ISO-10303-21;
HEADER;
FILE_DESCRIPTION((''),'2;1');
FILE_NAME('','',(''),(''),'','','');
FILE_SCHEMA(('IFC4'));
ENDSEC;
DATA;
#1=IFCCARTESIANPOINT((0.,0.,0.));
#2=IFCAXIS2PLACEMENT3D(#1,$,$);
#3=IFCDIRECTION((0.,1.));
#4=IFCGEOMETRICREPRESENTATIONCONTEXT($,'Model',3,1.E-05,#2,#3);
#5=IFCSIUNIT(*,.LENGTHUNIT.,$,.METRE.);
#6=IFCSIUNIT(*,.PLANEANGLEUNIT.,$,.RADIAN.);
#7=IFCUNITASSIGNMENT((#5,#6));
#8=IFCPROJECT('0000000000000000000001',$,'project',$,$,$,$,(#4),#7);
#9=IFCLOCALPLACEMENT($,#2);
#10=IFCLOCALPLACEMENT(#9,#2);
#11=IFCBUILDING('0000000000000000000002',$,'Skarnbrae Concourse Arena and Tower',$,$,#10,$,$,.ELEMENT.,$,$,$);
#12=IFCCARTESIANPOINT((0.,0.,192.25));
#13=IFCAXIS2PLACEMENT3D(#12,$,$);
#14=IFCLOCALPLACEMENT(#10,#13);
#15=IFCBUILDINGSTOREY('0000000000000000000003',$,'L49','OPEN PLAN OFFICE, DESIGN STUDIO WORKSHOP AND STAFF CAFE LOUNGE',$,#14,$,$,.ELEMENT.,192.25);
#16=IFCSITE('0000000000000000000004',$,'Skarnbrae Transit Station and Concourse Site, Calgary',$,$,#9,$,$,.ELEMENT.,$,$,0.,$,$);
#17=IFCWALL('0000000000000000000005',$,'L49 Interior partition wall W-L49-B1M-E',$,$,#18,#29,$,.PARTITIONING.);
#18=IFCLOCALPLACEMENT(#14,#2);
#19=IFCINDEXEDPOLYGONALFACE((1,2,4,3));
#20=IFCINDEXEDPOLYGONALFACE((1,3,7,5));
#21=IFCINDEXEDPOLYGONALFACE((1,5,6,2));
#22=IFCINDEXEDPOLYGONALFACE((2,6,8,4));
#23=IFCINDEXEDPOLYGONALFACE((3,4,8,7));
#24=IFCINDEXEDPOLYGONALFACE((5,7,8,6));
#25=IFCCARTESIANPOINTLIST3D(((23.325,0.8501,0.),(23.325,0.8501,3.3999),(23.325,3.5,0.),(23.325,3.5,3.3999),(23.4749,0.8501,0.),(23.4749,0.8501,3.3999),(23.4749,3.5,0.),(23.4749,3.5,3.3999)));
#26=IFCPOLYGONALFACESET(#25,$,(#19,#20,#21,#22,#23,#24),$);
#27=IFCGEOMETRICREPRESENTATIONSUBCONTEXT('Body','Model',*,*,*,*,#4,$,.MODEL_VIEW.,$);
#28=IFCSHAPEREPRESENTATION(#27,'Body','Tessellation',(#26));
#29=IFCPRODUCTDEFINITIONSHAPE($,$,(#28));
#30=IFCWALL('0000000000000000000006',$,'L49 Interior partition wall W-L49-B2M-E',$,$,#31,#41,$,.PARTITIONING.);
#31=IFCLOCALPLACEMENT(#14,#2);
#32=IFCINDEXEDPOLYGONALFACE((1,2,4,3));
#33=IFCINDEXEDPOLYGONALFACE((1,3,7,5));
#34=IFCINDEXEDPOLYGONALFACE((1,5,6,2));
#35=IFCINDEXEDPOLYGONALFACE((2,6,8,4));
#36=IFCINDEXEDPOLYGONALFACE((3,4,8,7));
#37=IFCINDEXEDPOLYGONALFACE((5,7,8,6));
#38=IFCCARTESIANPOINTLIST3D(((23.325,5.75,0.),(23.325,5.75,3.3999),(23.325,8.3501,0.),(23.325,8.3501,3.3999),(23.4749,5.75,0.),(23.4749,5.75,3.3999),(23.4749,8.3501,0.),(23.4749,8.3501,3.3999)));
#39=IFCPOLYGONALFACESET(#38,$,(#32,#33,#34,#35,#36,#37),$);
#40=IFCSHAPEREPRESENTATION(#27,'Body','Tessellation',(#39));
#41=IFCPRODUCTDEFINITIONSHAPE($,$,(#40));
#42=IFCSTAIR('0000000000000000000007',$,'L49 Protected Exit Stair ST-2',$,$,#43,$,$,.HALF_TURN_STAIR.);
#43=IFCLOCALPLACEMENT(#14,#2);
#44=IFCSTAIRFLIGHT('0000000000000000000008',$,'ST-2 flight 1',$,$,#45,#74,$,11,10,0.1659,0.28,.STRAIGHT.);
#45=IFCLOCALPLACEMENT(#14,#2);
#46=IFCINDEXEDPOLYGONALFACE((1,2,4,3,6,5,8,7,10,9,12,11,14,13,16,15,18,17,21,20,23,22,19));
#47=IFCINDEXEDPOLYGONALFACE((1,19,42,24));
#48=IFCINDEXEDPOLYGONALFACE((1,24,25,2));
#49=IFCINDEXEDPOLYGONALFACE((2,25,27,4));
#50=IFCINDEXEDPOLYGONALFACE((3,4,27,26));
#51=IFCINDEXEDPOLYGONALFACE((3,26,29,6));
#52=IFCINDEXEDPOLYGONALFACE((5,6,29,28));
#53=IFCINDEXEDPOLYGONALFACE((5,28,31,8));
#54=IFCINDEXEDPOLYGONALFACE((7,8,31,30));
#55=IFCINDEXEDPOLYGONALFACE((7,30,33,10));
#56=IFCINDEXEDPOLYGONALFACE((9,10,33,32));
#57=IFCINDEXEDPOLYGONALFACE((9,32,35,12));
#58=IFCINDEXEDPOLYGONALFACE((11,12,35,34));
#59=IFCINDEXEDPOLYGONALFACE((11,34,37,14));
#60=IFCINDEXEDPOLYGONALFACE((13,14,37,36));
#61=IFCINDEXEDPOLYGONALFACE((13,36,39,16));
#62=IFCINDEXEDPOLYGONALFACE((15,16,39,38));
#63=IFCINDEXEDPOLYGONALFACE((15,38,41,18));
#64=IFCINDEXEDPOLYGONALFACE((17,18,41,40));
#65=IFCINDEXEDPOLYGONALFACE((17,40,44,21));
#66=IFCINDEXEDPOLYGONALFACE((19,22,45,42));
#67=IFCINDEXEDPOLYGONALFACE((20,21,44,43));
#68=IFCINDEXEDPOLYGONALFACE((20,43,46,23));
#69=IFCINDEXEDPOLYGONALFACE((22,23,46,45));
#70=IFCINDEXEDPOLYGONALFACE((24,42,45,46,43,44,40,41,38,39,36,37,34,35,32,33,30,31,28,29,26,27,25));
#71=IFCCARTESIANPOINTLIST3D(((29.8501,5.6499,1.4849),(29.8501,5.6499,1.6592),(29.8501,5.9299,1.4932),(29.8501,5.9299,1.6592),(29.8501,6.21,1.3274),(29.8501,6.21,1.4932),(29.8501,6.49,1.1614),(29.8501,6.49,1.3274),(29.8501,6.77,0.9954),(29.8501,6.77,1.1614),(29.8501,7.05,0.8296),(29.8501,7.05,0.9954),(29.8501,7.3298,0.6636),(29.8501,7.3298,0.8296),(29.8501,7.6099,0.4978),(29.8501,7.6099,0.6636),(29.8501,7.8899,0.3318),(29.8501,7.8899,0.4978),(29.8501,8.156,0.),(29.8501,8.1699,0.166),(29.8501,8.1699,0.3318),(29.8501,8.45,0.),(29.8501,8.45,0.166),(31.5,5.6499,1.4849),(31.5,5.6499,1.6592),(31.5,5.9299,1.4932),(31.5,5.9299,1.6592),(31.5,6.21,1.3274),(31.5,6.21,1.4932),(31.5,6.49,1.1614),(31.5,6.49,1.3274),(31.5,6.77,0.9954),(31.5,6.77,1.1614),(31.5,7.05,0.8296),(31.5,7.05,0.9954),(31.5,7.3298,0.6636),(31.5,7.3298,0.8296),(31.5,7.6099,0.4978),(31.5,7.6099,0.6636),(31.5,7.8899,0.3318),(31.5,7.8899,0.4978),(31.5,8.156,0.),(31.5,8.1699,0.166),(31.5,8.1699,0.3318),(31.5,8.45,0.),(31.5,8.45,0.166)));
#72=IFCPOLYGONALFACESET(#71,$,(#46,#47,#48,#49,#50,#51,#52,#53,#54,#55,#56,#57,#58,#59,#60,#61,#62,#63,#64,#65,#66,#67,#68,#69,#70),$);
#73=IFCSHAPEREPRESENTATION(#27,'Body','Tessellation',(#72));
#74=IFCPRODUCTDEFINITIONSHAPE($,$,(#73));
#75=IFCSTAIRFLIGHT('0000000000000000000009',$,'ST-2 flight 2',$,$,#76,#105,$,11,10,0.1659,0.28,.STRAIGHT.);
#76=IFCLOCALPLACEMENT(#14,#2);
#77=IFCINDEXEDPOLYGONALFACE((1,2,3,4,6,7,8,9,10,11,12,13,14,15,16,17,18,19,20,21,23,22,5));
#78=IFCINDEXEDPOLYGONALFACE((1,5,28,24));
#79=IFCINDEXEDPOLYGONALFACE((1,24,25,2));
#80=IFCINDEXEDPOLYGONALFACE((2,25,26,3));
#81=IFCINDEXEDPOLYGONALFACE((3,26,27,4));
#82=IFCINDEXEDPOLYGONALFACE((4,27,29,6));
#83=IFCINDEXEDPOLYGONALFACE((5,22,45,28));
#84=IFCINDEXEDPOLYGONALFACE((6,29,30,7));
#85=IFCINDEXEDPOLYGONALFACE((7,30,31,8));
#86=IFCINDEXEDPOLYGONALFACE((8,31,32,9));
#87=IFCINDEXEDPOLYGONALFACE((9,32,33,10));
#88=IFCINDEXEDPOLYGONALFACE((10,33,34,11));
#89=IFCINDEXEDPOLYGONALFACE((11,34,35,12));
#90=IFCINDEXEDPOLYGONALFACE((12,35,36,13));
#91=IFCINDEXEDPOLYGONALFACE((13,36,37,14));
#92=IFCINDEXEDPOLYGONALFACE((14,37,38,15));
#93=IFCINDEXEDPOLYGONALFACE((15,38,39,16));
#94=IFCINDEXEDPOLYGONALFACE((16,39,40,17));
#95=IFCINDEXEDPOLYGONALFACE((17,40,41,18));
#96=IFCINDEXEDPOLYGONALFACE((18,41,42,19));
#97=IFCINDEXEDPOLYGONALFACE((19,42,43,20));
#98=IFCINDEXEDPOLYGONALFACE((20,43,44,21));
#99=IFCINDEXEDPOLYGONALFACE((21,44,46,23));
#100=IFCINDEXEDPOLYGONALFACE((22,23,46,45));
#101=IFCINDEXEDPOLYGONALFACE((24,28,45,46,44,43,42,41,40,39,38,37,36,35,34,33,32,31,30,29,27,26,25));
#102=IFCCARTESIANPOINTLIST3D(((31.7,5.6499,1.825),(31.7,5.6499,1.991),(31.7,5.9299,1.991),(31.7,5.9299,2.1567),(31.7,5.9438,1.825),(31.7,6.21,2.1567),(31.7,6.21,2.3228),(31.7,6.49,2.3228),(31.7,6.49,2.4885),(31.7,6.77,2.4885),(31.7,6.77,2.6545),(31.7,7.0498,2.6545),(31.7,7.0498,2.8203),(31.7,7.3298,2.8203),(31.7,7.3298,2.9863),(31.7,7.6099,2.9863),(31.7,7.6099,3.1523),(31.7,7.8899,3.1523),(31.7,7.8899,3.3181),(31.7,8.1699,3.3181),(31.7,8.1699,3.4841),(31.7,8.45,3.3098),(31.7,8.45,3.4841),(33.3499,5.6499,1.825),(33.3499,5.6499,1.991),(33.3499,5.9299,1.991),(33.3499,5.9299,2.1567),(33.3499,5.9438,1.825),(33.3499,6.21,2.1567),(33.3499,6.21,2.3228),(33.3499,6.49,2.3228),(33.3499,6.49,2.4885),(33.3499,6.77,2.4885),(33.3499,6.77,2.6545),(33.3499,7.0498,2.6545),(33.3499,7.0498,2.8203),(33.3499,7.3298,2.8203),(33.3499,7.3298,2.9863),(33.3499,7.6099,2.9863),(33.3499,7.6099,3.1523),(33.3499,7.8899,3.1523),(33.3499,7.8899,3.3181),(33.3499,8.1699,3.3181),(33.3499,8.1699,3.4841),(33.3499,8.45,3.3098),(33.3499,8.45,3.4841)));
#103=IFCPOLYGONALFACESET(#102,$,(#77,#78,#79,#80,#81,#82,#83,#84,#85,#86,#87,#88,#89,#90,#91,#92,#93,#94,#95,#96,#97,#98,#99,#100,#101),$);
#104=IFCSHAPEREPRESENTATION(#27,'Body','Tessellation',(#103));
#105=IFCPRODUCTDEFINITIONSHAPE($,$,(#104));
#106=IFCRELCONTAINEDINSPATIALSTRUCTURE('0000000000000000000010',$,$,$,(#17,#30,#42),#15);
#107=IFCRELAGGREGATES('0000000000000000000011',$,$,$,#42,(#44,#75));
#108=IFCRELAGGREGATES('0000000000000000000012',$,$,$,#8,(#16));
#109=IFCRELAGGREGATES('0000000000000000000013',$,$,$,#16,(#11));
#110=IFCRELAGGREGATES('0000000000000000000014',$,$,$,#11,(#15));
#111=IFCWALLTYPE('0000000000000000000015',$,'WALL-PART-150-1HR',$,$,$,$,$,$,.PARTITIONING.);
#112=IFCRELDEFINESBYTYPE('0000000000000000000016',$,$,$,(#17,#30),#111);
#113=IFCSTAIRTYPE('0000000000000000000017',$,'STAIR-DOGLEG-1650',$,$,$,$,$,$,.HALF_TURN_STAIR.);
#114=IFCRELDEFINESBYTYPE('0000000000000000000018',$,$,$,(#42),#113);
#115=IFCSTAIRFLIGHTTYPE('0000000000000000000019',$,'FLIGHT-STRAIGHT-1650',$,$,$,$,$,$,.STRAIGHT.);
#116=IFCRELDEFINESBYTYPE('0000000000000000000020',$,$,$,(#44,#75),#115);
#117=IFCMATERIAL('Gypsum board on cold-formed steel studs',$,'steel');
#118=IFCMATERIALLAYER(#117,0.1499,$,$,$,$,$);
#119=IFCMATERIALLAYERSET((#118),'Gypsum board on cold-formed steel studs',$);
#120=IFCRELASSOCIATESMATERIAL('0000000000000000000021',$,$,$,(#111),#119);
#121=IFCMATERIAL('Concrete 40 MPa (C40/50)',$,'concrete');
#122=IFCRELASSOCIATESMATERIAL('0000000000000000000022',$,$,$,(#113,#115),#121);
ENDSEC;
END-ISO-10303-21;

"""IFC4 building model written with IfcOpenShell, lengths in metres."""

from ifc_helpers import new_model, si_unit, direction, frame, frame_2d, origin, place, context, subcontext, project, spatial, polyline, rectangle, outline, extrude, source, transform, mapped, material, layer, layer_set, type_object, element, aggregate, save


model = new_model("IFC4")

# Units and contexts
model_context = context("Model", 3, precision=1e-05, world=origin(), true_north=direction((0.0, 1.0)))
body_context = subcontext(model_context, "Body", "Model", "MODEL_VIEW")
ifc_project = project(units=[si_unit("LENGTHUNIT", "METRE"), si_unit("PLANEANGLEUNIT", "RADIAN")], contexts=[model_context])

# Site, building, storey
site_placement = place(None, origin())
site = spatial("IfcSite", under=ifc_project, at=site_placement, Name="Skarnbrae Transit Station and Concourse Site, Calgary", CompositionType="ELEMENT", RefElevation=0.0)
building_placement = place(site_placement, origin())
building = spatial("IfcBuilding", under=site, at=building_placement, Name="Skarnbrae Concourse Arena and Tower", CompositionType="ELEMENT")
storey_placement = place(building_placement, frame((0.0, 0.0, 192.25)))
storey = spatial("IfcBuildingStorey", under=building, at=storey_placement, Name="L49", Description="OPEN PLAN OFFICE, DESIGN STUDIO WORKSHOP AND STAFF CAFE LOUNGE", CompositionType="ELEMENT", Elevation=192.25)

# Shared definitions
ifc_material_1 = material(Name="Gypsum board on cold-formed steel studs", Category="steel")

# Shared definitions
ifc_layer_1 = layer(ifc_material_1, 0.1499)
ifc_layer_set_1 = layer_set([ifc_layer_1], Name="Gypsum board on cold-formed steel studs")
wall_type_1 = type_object("IfcWallType", Name="WALL-PART-150-1HR", PredefinedType="PARTITIONING", material=ifc_layer_set_1)

# Walls
shared_shape_1 = source(origin(), body_context, "Body", "SweptSolid", [
    extrude(rectangle(XDim=2.6499, YDim=0.1499, at=frame_2d((1.325, 0.0))), origin(), (0.0, 0.0, 1.0), 3.3999),
])
wall_1_placement = place(storey_placement, frame((23.3999, 0.8501, 0.0), z_axis=(0.0, 0.0, 1.0), x_axis=(0.0, 1.0, 0.0)))
element("IfcWall", 1, at=wall_1_placement, inside=storey, type_object=wall_type_1, Name="L49 Interior partition wall W-L49-B1M-E", PredefinedType="PARTITIONING", context=body_context, shape_type="MappedRepresentation", body=[
    mapped(shared_shape_1, transform((0.0, 0.0, 0.0))),
])
shared_shape_2 = source(origin(), body_context, "Body", "SweptSolid", [
    extrude(rectangle(XDim=2.6001, YDim=0.1499, at=frame_2d((1.3, 0.0))), origin(), (0.0, 0.0, 1.0), 3.3999),
])
wall_2_placement = place(storey_placement, frame((23.3999, 5.75, 0.0), z_axis=(0.0, 0.0, 1.0), x_axis=(0.0, 1.0, 0.0)))
element("IfcWall", 2, at=wall_2_placement, inside=storey, type_object=wall_type_1, Name="L49 Interior partition wall W-L49-B2M-E", PredefinedType="PARTITIONING", context=body_context, shape_type="MappedRepresentation", body=[
    mapped(shared_shape_2, transform((0.0, 0.0, 0.0))),
])

# Stair, stair flights
ifc_material_2 = material(Name="Concrete 40 MPa (C40/50)", Category="concrete")
stair_type = type_object("IfcStairType", Name="STAIR-DOGLEG-1650", PredefinedType="HALF_TURN_STAIR", material=ifc_material_2)
stair_placement = place(storey_placement, origin())
stair = element("IfcStair", 3, at=stair_placement, inside=storey, type_object=stair_type, Name="L49 Protected Exit Stair ST-2", PredefinedType="HALF_TURN_STAIR")
stair_flight_type = type_object("IfcStairFlightType", Name="FLIGHT-STRAIGHT-1650", PredefinedType="STRAIGHT", material=ifc_material_2)
shared_shape_3 = source(origin(), body_context, "Body", "SweptSolid", [
    extrude(outline(polyline([(0.0, 0.0), (0.0, 0.166), (0.28, 0.166), (0.28, 0.3318), (0.5601, 0.3318), (0.5601, 0.4978), (0.8401, 0.4978), (0.8401, 0.6636), (1.1201, 0.6636), (1.1201, 0.8296), (1.3999, 0.8296), (1.3999, 0.9954), (1.6799, 0.9954), (1.6799, 1.1614), (1.96, 1.1614), (1.96, 1.3274), (2.24, 1.3274), (2.24, 1.4932), (2.52, 1.4932), (2.52, 1.6592), (2.8, 1.6592), (2.8, 1.825), (2.8, 1.4849), (0.2939, 0.0), (0.0, 0.0)])), frame((0.0, 0.825, 0.0), z_axis=(0.0, -1.0, 0.0), x_axis=(1.0, 0.0, 0.0)), (0.0, 0.0, 1.0), 1.6499),
])
stair_flight_1_placement = place(storey_placement, frame((30.675, 8.45, 0.0), z_axis=(0.0, 0.0, 1.0), x_axis=(0.0, -1.0, 0.0)))
stair_flight_1 = element("IfcStairFlight", 4, at=stair_flight_1_placement, type_object=stair_flight_type, Name="ST-2 flight 1", NumberOfRisers=11, NumberOfTreads=10, PredefinedType="STRAIGHT", RiserHeight=0.1659, TreadLength=0.28, context=body_context, shape_type="MappedRepresentation", body=[
    mapped(shared_shape_3, transform((0.0, 0.0, 0.0))),
])
stair_flight_2_placement = place(storey_placement, frame((32.5249, 5.6499, 1.825), z_axis=(0.0, 0.0, 1.0), x_axis=(0.0, 1.0, 0.0)))
stair_flight_2 = element("IfcStairFlight", 5, at=stair_flight_2_placement, type_object=stair_flight_type, Name="ST-2 flight 2", NumberOfRisers=11, NumberOfTreads=10, PredefinedType="STRAIGHT", RiserHeight=0.1659, TreadLength=0.28, context=body_context, shape_type="MappedRepresentation", body=[
    mapped(shared_shape_3, transform((0.0, 0.0, 0.0))),
])
aggregate(stair, [stair_flight_1, stair_flight_2])

save(model, "model.ifc")
